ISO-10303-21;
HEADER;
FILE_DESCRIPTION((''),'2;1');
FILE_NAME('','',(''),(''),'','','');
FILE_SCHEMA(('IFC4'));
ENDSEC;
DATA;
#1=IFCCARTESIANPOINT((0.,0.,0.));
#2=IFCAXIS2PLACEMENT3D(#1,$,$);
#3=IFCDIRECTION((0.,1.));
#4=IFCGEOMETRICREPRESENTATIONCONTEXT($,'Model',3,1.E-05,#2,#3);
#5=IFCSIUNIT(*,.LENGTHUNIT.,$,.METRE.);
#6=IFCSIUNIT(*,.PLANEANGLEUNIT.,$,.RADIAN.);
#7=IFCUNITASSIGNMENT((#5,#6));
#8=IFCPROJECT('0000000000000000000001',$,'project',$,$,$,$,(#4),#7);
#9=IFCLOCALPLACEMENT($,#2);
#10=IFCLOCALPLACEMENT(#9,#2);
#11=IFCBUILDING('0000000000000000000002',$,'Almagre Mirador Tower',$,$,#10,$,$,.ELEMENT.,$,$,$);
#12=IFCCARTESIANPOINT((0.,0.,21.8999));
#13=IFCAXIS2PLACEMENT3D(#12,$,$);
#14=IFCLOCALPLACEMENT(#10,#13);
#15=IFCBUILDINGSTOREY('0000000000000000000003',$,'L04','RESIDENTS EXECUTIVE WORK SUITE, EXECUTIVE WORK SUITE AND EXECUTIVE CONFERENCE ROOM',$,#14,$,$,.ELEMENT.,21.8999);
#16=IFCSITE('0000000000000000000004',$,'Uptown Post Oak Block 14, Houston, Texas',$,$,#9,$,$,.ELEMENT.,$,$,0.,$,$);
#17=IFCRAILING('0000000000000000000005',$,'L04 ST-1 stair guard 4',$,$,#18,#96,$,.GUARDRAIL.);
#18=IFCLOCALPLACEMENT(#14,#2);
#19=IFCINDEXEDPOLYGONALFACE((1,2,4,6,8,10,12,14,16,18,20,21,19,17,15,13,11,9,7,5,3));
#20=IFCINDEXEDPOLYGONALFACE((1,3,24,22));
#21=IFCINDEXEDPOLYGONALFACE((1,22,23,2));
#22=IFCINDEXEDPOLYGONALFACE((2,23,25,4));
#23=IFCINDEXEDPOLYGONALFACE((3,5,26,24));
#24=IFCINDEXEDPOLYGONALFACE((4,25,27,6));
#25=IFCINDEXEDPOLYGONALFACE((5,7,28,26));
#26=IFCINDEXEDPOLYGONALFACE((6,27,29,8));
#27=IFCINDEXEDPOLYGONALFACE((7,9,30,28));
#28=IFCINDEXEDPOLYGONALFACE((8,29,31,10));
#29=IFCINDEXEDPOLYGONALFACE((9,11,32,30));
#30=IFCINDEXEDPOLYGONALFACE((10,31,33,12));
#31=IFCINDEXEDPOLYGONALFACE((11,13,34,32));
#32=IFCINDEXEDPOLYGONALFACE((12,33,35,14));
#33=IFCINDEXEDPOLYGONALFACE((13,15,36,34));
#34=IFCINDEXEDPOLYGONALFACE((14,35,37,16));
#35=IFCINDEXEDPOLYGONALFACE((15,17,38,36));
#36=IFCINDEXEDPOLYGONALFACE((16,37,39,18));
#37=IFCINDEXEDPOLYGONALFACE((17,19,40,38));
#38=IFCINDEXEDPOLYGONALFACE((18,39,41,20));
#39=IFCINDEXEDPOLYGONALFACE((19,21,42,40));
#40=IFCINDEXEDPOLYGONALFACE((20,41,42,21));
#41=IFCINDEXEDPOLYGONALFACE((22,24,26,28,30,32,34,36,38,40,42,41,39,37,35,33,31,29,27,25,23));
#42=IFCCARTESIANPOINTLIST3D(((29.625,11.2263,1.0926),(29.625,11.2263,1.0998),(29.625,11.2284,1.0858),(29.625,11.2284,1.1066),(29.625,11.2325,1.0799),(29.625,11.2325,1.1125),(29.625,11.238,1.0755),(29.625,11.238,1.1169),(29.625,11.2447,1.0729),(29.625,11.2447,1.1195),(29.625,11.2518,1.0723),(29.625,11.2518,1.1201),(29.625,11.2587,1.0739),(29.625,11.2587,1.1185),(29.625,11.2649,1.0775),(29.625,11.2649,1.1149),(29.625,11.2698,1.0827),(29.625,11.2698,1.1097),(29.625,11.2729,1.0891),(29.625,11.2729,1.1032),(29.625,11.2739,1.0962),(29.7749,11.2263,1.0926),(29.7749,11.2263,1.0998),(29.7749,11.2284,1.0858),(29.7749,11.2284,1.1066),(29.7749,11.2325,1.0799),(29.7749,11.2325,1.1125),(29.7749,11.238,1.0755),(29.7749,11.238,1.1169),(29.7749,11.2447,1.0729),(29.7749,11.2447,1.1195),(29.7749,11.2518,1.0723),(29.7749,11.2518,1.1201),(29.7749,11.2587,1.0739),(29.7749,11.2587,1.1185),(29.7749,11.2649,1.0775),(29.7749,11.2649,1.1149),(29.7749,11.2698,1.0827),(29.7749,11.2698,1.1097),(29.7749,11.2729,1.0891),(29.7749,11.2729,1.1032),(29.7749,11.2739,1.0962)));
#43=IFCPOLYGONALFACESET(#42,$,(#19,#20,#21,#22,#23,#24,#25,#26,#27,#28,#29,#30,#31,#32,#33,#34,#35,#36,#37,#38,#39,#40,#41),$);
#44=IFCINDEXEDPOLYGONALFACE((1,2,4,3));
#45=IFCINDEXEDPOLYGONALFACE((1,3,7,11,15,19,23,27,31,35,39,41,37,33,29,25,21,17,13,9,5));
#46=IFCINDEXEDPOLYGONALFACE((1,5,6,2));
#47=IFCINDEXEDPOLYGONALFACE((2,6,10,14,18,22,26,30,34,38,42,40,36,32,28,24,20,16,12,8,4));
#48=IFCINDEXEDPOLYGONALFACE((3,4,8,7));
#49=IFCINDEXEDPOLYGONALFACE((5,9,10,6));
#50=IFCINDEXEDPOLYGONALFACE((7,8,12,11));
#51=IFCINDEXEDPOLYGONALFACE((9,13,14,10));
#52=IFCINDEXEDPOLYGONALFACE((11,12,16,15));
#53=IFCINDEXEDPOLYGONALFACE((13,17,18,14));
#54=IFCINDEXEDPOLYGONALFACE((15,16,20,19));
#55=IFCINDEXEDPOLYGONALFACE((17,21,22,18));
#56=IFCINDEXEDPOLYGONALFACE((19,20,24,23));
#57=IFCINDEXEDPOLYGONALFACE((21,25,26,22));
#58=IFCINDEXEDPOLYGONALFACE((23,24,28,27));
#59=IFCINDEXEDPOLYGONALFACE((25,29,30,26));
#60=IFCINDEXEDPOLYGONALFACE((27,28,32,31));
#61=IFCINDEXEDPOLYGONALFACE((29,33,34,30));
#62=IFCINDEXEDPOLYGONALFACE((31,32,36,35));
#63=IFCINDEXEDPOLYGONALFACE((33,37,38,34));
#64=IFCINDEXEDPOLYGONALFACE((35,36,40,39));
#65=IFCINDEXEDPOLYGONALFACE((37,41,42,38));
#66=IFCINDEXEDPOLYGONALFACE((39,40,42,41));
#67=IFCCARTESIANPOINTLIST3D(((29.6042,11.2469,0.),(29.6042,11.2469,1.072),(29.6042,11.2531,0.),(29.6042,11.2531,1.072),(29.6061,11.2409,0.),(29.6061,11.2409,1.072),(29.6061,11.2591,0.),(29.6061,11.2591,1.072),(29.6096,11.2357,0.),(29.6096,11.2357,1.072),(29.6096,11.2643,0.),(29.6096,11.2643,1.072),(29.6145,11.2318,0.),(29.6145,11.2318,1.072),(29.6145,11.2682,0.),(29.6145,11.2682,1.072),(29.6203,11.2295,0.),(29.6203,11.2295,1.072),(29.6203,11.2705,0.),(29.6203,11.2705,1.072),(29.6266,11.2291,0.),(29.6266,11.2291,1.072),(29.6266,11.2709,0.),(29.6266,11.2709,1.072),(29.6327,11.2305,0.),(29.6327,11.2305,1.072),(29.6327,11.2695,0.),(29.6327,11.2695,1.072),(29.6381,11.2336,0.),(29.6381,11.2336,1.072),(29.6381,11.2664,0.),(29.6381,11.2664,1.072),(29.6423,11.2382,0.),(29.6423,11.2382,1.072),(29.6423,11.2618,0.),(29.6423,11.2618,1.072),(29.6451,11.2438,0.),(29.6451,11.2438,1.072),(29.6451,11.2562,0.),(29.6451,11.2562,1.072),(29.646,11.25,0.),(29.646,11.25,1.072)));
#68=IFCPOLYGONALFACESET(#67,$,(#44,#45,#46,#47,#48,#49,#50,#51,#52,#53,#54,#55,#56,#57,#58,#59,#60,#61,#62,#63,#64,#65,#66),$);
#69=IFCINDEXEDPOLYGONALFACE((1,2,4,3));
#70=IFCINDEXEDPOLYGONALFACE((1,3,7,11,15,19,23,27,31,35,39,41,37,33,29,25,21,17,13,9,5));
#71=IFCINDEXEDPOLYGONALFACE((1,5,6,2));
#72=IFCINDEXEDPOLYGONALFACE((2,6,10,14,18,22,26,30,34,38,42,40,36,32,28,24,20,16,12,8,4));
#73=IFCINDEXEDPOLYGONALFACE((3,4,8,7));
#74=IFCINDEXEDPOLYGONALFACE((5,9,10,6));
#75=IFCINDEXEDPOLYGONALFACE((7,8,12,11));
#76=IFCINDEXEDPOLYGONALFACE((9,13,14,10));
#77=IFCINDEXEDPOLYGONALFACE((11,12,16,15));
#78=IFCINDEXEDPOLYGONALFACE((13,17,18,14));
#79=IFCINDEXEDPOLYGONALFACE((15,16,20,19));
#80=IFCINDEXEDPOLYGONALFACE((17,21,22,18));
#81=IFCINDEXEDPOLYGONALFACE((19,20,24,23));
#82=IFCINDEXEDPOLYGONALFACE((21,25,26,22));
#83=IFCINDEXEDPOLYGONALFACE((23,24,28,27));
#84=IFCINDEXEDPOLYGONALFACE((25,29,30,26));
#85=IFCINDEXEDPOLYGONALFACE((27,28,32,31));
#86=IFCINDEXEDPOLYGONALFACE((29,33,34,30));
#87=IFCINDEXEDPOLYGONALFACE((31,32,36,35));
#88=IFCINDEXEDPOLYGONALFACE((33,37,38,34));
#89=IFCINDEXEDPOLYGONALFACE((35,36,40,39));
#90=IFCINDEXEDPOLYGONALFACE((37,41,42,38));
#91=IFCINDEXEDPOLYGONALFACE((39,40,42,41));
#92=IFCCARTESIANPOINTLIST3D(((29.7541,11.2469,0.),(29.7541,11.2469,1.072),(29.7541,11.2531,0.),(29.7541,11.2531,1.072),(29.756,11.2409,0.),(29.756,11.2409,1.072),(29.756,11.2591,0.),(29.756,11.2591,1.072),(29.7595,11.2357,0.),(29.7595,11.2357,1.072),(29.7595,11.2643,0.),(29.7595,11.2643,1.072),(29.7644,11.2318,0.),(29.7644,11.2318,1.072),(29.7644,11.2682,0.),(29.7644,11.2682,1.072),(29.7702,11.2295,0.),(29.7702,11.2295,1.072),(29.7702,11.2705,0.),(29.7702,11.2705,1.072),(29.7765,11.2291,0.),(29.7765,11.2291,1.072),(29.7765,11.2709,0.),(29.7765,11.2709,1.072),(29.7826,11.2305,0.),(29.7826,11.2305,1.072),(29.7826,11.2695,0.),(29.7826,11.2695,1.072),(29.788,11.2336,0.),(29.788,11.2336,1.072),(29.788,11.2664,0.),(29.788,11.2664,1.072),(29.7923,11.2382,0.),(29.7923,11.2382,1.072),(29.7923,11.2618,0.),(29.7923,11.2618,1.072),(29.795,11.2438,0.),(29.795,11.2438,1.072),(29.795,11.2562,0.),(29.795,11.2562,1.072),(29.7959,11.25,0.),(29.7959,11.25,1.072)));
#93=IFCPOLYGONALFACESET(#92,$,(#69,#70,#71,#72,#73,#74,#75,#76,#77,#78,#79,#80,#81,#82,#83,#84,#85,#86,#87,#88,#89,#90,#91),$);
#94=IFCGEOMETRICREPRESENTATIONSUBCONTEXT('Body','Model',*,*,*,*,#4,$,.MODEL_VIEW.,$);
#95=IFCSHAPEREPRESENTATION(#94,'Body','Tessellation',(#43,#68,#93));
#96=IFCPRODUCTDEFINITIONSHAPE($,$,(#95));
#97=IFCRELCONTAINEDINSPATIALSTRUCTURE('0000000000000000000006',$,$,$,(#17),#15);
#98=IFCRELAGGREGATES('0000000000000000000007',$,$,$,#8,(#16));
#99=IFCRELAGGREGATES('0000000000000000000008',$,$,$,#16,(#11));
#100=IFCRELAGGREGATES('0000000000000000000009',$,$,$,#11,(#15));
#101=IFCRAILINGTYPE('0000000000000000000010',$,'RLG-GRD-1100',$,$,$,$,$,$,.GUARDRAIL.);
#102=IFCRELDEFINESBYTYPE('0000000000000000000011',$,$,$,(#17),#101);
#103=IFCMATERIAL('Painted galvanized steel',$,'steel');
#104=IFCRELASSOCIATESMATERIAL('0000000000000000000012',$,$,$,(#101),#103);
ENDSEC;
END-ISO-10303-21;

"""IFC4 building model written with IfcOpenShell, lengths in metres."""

from ifc_helpers import new_model, si_unit, direction, frame, origin, origin_2d, place, context, subcontext, project, spatial, circle, extrude, material, type_object, element, save


model = new_model("IFC4")

# Units and contexts
model_context = context("Model", 3, precision=1e-05, world=origin(), true_north=direction((0.0, 1.0)))
body_context = subcontext(model_context, "Body", "Model", "MODEL_VIEW")
ifc_project = project(units=[si_unit("LENGTHUNIT", "METRE"), si_unit("PLANEANGLEUNIT", "RADIAN")], contexts=[model_context])

# Site, building, storey
site_placement = place(None, origin())
site = spatial("IfcSite", under=ifc_project, at=site_placement, Name="Uptown Post Oak Block 14, Houston, Texas", CompositionType="ELEMENT", RefElevation=0.0)
building_placement = place(site_placement, origin())
building = spatial("IfcBuilding", under=site, at=building_placement, Name="Almagre Mirador Tower", CompositionType="ELEMENT")
storey_placement = place(building_placement, frame((0.0, 0.0, 21.8999)))
storey = spatial("IfcBuildingStorey", under=building, at=storey_placement, Name="L04", Description="RESIDENTS EXECUTIVE WORK SUITE, EXECUTIVE WORK SUITE AND EXECUTIVE CONFERENCE ROOM", CompositionType="ELEMENT", Elevation=21.8999)

# Railing
ifc_material_1 = material(Name="Painted galvanized steel", Category="steel")
railing_type_1 = type_object("IfcRailingType", Name="RLG-GRD-1100", PredefinedType="GUARDRAIL", material=ifc_material_1)
railing_1_placement = place(storey_placement, frame((29.625, 11.25, 0.0)))
element("IfcRailing", 1, at=railing_1_placement, inside=storey, type_object=railing_type_1, Name="L04 ST-1 stair guard 4", PredefinedType="GUARDRAIL", context=body_context, shape_type="SweptSolid", body=[
    extrude(circle(Radius=0.0239, at=origin_2d()), frame((0.0, 0.0, 1.0962), z_axis=(1.0, 0.0, 0.0), x_axis=(0.0, 1.0, 0.0)), (0.0, 0.0, 1.0), 0.1499),
    extrude(circle(Radius=0.021, at=origin_2d()), origin(), (0.0, 0.0, 1.0), 1.072),
    extrude(circle(Radius=0.021, at=origin_2d()), frame((0.1499, 0.0, 0.0)), (0.0, 0.0, 1.0), 1.072),
])

save(model, "model.ifc")
